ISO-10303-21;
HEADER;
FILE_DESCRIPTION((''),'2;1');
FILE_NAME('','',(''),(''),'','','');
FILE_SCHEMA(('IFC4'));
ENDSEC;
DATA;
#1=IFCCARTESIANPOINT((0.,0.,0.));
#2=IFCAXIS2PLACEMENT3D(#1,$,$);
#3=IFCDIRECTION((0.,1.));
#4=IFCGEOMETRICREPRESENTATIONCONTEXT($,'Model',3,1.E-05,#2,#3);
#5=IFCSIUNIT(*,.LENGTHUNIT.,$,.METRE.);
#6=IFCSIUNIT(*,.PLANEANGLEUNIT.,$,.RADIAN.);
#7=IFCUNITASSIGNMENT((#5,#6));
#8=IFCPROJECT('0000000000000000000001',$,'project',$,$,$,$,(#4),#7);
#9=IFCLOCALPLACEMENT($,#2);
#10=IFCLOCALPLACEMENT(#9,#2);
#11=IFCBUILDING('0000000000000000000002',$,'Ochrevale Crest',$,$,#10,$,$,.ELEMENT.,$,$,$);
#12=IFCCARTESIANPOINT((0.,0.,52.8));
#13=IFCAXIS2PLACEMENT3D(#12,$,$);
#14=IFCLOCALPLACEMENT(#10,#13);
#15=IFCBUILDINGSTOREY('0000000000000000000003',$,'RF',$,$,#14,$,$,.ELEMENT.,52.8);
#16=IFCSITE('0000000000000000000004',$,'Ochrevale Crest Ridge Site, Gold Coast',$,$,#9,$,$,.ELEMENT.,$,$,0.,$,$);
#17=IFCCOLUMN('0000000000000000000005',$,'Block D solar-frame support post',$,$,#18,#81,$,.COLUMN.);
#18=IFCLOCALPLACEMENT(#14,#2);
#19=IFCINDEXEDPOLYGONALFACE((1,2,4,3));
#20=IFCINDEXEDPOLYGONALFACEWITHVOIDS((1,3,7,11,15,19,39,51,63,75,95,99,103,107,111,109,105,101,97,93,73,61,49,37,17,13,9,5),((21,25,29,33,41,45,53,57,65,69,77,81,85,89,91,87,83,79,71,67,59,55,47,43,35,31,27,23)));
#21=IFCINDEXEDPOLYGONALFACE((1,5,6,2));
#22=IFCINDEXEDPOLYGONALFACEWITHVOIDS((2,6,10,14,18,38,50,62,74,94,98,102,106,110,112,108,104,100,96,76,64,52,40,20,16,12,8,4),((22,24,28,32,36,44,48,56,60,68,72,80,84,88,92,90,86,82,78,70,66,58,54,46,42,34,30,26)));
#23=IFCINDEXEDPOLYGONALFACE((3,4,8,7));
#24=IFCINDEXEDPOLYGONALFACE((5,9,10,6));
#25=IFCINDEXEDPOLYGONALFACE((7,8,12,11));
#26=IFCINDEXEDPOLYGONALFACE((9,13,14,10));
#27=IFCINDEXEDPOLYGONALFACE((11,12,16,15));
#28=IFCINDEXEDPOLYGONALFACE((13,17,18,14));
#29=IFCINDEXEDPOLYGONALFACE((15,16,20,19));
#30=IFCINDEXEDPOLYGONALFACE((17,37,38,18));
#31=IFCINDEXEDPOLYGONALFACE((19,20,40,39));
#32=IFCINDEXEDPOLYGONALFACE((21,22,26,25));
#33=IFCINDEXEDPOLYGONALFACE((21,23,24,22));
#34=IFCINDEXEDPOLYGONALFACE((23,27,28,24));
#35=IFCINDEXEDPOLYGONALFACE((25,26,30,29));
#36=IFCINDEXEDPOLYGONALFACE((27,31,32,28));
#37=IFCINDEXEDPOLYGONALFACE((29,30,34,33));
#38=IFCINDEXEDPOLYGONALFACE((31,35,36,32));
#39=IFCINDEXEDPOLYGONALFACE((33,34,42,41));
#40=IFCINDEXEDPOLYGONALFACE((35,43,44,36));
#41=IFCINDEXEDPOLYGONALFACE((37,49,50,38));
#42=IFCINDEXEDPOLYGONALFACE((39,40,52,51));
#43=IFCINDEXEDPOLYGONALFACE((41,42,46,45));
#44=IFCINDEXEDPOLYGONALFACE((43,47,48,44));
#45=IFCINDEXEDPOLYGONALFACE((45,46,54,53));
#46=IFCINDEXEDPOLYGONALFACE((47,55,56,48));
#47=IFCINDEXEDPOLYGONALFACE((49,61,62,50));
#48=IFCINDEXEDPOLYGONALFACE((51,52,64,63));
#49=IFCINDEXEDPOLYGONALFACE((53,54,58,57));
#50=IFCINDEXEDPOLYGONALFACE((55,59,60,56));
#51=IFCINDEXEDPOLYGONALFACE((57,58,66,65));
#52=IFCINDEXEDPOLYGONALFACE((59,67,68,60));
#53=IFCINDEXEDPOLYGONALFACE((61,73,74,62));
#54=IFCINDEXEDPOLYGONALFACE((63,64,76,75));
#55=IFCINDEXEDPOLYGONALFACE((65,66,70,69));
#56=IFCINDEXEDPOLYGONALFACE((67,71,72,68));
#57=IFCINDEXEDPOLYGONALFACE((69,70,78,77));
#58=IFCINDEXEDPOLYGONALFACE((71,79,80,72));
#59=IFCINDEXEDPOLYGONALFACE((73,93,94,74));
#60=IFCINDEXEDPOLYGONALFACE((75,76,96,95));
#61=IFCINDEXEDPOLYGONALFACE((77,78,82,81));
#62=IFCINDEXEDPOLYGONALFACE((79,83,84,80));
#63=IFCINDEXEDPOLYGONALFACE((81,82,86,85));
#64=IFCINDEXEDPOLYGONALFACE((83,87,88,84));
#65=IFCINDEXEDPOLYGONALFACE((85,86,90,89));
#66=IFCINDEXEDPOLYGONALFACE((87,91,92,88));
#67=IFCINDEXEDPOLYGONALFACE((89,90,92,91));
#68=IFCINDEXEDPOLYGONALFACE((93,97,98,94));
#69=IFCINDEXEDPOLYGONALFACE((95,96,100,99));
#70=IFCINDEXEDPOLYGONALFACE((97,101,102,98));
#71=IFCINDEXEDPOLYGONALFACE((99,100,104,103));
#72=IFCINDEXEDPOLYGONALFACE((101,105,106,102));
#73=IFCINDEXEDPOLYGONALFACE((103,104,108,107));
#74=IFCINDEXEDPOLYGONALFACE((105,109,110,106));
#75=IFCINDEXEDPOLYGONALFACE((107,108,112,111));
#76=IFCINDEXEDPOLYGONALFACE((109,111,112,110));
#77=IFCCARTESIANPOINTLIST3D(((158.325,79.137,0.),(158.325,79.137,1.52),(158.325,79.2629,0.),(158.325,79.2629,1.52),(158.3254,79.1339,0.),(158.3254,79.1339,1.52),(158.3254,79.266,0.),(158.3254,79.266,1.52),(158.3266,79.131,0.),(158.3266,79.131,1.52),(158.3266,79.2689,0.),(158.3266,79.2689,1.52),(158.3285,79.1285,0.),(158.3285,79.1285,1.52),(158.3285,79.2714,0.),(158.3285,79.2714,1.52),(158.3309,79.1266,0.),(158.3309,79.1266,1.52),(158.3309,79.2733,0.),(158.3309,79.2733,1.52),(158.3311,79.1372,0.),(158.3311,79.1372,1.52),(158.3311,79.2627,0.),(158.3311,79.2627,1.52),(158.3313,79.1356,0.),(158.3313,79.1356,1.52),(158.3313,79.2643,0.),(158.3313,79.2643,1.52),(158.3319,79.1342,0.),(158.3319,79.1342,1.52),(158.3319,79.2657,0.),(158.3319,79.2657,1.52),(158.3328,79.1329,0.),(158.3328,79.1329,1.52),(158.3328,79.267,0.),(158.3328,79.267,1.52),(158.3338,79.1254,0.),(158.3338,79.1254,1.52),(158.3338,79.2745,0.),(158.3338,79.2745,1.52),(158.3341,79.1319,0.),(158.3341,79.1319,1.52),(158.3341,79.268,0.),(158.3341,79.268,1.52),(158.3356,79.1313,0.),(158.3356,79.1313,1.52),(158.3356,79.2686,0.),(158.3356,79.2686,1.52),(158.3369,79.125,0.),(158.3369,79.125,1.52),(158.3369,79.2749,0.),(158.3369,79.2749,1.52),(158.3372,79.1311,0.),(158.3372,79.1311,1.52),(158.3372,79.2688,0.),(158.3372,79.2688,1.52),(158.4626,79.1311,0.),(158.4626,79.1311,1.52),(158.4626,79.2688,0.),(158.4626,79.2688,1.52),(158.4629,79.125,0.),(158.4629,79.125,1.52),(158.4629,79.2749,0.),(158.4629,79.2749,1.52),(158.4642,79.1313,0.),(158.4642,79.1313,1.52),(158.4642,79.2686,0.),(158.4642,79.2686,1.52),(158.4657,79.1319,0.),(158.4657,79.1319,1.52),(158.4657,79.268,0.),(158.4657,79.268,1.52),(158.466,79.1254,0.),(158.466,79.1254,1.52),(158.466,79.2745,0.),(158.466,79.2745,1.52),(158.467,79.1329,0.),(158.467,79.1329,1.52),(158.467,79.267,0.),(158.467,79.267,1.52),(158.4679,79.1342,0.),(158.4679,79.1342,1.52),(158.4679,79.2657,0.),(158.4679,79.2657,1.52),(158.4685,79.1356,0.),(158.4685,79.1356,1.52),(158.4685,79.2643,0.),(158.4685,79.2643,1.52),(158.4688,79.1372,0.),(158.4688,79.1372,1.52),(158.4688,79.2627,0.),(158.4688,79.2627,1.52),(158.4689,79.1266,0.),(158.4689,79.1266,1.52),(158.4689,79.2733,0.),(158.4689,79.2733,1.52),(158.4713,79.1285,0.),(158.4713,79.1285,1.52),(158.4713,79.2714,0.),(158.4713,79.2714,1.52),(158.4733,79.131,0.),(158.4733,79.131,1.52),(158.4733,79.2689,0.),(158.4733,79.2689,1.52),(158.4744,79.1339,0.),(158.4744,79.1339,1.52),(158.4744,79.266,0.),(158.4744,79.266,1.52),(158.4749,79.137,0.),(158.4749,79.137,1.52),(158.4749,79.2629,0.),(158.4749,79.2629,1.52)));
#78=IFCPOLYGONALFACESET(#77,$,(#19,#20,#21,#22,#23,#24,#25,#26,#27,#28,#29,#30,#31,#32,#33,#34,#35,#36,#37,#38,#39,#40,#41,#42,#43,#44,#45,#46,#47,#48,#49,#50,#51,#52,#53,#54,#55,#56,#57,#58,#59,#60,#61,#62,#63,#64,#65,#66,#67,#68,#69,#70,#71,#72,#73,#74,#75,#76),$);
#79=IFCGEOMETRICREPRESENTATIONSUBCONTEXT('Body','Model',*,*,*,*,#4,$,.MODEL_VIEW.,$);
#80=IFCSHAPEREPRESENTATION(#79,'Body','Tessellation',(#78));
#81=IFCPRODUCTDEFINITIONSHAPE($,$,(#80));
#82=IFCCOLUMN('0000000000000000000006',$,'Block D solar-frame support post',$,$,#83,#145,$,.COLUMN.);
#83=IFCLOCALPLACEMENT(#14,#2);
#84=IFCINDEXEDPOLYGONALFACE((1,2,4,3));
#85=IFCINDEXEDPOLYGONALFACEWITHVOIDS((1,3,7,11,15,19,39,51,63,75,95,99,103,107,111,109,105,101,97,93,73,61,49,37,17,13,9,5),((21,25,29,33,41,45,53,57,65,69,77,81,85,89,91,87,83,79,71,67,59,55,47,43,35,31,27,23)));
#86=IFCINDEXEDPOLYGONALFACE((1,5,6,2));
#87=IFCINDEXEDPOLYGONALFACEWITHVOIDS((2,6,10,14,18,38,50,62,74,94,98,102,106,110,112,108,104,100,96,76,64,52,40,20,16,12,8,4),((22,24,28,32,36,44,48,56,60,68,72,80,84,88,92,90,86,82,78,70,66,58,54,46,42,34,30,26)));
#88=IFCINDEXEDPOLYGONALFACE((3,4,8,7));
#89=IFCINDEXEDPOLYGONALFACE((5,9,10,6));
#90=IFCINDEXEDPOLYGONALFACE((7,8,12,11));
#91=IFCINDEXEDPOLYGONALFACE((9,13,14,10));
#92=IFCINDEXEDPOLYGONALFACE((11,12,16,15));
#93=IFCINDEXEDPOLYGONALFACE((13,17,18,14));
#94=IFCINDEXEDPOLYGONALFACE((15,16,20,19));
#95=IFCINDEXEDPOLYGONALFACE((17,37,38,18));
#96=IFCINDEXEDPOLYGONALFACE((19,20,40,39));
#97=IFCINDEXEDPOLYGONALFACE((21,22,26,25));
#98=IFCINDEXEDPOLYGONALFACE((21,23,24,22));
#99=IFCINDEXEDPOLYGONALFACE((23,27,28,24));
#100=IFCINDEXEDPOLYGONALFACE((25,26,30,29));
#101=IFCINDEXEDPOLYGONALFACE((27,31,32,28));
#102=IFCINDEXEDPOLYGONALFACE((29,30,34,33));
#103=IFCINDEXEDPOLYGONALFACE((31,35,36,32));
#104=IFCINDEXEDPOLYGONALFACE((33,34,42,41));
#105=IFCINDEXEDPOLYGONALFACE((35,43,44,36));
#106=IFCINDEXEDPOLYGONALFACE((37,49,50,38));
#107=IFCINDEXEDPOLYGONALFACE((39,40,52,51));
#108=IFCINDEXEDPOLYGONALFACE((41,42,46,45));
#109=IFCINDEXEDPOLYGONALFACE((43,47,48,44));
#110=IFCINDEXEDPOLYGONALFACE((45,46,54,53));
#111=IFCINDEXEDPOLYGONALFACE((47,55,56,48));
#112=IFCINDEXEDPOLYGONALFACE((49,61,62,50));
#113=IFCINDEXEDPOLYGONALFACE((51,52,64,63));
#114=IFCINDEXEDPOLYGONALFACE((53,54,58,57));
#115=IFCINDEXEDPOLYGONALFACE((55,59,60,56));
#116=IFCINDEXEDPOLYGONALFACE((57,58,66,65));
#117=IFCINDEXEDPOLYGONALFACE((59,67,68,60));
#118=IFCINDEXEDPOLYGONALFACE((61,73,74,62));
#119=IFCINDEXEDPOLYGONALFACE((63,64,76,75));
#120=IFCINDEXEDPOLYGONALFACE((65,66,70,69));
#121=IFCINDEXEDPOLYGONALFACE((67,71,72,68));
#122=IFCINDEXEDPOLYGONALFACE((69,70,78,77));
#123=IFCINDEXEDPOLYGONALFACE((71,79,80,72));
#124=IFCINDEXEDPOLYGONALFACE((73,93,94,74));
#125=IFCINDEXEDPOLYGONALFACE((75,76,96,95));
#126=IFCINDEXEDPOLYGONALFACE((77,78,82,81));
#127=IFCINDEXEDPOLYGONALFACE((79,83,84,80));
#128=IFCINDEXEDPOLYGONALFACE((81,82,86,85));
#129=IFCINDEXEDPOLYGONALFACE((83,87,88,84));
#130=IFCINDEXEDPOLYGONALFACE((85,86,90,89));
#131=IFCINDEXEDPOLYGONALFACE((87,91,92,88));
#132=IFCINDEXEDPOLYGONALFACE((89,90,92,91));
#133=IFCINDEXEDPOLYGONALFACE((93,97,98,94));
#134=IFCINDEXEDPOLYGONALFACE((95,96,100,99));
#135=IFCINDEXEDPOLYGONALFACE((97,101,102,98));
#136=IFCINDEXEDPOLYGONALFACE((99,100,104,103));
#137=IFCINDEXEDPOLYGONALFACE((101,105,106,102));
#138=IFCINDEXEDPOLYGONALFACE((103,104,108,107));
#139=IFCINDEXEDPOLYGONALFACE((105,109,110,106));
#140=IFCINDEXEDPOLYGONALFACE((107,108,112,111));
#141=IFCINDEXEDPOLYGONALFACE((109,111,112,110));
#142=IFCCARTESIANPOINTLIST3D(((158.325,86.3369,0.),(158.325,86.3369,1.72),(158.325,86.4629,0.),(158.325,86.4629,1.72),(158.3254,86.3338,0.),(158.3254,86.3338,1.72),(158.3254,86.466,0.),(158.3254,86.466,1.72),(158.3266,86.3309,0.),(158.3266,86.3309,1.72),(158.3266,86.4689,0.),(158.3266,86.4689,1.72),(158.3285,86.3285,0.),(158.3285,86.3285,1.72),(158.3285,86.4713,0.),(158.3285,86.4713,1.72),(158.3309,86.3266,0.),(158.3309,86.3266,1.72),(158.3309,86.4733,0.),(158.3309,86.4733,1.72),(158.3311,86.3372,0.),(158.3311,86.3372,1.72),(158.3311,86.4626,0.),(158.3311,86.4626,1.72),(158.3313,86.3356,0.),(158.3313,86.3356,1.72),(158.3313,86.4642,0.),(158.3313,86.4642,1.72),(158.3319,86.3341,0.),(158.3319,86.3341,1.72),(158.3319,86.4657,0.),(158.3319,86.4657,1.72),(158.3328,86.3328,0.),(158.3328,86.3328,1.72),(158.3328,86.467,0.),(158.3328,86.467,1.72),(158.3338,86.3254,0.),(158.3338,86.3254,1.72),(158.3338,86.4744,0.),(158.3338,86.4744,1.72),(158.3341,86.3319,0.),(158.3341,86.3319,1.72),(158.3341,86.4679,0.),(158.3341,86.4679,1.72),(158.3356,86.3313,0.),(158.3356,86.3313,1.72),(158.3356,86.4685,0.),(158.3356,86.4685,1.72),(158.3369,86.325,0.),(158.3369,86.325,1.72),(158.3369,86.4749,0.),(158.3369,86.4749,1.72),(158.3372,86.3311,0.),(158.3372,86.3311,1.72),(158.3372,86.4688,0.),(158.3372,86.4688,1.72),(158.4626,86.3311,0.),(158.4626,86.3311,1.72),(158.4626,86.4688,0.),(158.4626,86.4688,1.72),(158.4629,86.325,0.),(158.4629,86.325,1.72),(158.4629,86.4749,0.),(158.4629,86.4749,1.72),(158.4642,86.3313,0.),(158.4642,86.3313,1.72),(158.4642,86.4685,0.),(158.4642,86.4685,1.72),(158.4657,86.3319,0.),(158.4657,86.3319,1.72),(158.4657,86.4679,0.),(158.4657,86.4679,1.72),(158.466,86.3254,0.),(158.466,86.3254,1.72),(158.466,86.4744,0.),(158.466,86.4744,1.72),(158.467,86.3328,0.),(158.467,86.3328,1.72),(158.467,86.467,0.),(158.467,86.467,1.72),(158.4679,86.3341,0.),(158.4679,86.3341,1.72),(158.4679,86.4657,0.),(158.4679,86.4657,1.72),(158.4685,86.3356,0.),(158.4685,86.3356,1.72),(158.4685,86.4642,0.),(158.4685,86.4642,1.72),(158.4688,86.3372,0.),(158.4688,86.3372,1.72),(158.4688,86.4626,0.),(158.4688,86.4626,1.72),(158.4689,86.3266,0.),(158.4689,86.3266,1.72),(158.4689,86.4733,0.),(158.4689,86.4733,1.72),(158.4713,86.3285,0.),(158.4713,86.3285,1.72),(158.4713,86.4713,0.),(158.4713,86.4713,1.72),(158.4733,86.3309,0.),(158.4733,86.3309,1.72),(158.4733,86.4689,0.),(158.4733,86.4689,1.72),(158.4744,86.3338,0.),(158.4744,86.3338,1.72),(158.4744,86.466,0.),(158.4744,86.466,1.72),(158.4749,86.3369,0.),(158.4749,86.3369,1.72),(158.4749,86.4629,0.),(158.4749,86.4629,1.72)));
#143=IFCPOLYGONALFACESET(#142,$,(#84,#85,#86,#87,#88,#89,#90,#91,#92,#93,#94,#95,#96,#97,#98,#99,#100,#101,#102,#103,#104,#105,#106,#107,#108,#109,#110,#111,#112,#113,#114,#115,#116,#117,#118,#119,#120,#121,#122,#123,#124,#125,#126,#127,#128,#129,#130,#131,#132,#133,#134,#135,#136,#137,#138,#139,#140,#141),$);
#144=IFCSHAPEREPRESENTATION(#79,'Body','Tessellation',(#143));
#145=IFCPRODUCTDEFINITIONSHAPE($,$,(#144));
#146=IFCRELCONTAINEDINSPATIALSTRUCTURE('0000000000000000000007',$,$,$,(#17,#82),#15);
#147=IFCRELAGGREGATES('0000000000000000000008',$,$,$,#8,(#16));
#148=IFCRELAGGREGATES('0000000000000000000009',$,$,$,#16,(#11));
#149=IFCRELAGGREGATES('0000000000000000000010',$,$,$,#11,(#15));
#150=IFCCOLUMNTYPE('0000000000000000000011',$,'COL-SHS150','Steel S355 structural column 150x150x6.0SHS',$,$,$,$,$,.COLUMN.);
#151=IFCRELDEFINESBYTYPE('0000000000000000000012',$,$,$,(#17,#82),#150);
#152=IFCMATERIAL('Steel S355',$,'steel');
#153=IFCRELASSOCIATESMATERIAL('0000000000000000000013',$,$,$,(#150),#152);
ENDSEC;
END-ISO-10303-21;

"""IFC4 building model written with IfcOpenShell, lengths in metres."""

from ifc_helpers import new_model, si_unit, direction, frame, origin, origin_2d, place, context, subcontext, project, spatial, hollow_rectangle, extrude, material, material_profile, profile_set, type_object, element, save


model = new_model("IFC4")

# Units and contexts
model_context = context("Model", 3, precision=1e-05, world=origin(), true_north=direction((0.0, 1.0)))
body_context = subcontext(model_context, "Body", "Model", "MODEL_VIEW")
ifc_project = project(units=[si_unit("LENGTHUNIT", "METRE"), si_unit("PLANEANGLEUNIT", "RADIAN")], contexts=[model_context])

# Site, building, storey
site_placement = place(None, origin())
site = spatial("IfcSite", under=ifc_project, at=site_placement, Name="Ochrevale Crest Ridge Site, Gold Coast", CompositionType="ELEMENT", RefElevation=0.0)
building_placement = place(site_placement, origin())
building = spatial("IfcBuilding", under=site, at=building_placement, Name="Ochrevale Crest", CompositionType="ELEMENT")
storey_placement = place(building_placement, frame((0.0, 0.0, 52.8)))
storey = spatial("IfcBuildingStorey", under=building, at=storey_placement, Name="RF", CompositionType="ELEMENT", Elevation=52.8)

# Columns
ifc_material_1 = material(Name="Steel S355", Category="steel")
ifc_material_profile_1 = material_profile(ifc_material_1, hollow_rectangle(XDim=0.1499, YDim=0.1499, WallThickness=0.0061, InnerFilletRadius=0.0061, OuterFilletRadius=0.012, at=origin_2d()), Name="150x150x6.0SHS")
ifc_profile_set_1 = profile_set([ifc_material_profile_1], Name="Steel S355")
column_type = type_object("IfcColumnType", Name="COL-SHS150", Description="Steel S355 structural column 150x150x6.0SHS", PredefinedType="COLUMN", material=ifc_profile_set_1)
column_1_placement = place(storey_placement, frame((158.3999, 79.2, 0.0), z_axis=(0.0, 0.0, 1.0), x_axis=(1.0, 0.0, 0.0)))
element("IfcColumn", 1, at=column_1_placement, inside=storey, type_object=column_type, Name="Block D solar-frame support post", PredefinedType="COLUMN", context=body_context, shape_type="SweptSolid", body=[
    extrude(hollow_rectangle(XDim=0.1499, YDim=0.1499, WallThickness=0.0061, InnerFilletRadius=0.0061, OuterFilletRadius=0.012, at=origin_2d()), origin(), (0.0, 0.0, 1.0), 1.52),
])
column_2_placement = place(storey_placement, frame((158.3999, 86.3999, 0.0), z_axis=(0.0, 0.0, 1.0), x_axis=(1.0, 0.0, 0.0)))
element("IfcColumn", 2, at=column_2_placement, inside=storey, type_object=column_type, Name="Block D solar-frame support post", PredefinedType="COLUMN", context=body_context, shape_type="SweptSolid", body=[
    extrude(hollow_rectangle(XDim=0.1499, YDim=0.1499, WallThickness=0.0061, InnerFilletRadius=0.0061, OuterFilletRadius=0.012, at=origin_2d()), origin(), (0.0, 0.0, 1.0), 1.72),
])

save(model, "model.ifc")
